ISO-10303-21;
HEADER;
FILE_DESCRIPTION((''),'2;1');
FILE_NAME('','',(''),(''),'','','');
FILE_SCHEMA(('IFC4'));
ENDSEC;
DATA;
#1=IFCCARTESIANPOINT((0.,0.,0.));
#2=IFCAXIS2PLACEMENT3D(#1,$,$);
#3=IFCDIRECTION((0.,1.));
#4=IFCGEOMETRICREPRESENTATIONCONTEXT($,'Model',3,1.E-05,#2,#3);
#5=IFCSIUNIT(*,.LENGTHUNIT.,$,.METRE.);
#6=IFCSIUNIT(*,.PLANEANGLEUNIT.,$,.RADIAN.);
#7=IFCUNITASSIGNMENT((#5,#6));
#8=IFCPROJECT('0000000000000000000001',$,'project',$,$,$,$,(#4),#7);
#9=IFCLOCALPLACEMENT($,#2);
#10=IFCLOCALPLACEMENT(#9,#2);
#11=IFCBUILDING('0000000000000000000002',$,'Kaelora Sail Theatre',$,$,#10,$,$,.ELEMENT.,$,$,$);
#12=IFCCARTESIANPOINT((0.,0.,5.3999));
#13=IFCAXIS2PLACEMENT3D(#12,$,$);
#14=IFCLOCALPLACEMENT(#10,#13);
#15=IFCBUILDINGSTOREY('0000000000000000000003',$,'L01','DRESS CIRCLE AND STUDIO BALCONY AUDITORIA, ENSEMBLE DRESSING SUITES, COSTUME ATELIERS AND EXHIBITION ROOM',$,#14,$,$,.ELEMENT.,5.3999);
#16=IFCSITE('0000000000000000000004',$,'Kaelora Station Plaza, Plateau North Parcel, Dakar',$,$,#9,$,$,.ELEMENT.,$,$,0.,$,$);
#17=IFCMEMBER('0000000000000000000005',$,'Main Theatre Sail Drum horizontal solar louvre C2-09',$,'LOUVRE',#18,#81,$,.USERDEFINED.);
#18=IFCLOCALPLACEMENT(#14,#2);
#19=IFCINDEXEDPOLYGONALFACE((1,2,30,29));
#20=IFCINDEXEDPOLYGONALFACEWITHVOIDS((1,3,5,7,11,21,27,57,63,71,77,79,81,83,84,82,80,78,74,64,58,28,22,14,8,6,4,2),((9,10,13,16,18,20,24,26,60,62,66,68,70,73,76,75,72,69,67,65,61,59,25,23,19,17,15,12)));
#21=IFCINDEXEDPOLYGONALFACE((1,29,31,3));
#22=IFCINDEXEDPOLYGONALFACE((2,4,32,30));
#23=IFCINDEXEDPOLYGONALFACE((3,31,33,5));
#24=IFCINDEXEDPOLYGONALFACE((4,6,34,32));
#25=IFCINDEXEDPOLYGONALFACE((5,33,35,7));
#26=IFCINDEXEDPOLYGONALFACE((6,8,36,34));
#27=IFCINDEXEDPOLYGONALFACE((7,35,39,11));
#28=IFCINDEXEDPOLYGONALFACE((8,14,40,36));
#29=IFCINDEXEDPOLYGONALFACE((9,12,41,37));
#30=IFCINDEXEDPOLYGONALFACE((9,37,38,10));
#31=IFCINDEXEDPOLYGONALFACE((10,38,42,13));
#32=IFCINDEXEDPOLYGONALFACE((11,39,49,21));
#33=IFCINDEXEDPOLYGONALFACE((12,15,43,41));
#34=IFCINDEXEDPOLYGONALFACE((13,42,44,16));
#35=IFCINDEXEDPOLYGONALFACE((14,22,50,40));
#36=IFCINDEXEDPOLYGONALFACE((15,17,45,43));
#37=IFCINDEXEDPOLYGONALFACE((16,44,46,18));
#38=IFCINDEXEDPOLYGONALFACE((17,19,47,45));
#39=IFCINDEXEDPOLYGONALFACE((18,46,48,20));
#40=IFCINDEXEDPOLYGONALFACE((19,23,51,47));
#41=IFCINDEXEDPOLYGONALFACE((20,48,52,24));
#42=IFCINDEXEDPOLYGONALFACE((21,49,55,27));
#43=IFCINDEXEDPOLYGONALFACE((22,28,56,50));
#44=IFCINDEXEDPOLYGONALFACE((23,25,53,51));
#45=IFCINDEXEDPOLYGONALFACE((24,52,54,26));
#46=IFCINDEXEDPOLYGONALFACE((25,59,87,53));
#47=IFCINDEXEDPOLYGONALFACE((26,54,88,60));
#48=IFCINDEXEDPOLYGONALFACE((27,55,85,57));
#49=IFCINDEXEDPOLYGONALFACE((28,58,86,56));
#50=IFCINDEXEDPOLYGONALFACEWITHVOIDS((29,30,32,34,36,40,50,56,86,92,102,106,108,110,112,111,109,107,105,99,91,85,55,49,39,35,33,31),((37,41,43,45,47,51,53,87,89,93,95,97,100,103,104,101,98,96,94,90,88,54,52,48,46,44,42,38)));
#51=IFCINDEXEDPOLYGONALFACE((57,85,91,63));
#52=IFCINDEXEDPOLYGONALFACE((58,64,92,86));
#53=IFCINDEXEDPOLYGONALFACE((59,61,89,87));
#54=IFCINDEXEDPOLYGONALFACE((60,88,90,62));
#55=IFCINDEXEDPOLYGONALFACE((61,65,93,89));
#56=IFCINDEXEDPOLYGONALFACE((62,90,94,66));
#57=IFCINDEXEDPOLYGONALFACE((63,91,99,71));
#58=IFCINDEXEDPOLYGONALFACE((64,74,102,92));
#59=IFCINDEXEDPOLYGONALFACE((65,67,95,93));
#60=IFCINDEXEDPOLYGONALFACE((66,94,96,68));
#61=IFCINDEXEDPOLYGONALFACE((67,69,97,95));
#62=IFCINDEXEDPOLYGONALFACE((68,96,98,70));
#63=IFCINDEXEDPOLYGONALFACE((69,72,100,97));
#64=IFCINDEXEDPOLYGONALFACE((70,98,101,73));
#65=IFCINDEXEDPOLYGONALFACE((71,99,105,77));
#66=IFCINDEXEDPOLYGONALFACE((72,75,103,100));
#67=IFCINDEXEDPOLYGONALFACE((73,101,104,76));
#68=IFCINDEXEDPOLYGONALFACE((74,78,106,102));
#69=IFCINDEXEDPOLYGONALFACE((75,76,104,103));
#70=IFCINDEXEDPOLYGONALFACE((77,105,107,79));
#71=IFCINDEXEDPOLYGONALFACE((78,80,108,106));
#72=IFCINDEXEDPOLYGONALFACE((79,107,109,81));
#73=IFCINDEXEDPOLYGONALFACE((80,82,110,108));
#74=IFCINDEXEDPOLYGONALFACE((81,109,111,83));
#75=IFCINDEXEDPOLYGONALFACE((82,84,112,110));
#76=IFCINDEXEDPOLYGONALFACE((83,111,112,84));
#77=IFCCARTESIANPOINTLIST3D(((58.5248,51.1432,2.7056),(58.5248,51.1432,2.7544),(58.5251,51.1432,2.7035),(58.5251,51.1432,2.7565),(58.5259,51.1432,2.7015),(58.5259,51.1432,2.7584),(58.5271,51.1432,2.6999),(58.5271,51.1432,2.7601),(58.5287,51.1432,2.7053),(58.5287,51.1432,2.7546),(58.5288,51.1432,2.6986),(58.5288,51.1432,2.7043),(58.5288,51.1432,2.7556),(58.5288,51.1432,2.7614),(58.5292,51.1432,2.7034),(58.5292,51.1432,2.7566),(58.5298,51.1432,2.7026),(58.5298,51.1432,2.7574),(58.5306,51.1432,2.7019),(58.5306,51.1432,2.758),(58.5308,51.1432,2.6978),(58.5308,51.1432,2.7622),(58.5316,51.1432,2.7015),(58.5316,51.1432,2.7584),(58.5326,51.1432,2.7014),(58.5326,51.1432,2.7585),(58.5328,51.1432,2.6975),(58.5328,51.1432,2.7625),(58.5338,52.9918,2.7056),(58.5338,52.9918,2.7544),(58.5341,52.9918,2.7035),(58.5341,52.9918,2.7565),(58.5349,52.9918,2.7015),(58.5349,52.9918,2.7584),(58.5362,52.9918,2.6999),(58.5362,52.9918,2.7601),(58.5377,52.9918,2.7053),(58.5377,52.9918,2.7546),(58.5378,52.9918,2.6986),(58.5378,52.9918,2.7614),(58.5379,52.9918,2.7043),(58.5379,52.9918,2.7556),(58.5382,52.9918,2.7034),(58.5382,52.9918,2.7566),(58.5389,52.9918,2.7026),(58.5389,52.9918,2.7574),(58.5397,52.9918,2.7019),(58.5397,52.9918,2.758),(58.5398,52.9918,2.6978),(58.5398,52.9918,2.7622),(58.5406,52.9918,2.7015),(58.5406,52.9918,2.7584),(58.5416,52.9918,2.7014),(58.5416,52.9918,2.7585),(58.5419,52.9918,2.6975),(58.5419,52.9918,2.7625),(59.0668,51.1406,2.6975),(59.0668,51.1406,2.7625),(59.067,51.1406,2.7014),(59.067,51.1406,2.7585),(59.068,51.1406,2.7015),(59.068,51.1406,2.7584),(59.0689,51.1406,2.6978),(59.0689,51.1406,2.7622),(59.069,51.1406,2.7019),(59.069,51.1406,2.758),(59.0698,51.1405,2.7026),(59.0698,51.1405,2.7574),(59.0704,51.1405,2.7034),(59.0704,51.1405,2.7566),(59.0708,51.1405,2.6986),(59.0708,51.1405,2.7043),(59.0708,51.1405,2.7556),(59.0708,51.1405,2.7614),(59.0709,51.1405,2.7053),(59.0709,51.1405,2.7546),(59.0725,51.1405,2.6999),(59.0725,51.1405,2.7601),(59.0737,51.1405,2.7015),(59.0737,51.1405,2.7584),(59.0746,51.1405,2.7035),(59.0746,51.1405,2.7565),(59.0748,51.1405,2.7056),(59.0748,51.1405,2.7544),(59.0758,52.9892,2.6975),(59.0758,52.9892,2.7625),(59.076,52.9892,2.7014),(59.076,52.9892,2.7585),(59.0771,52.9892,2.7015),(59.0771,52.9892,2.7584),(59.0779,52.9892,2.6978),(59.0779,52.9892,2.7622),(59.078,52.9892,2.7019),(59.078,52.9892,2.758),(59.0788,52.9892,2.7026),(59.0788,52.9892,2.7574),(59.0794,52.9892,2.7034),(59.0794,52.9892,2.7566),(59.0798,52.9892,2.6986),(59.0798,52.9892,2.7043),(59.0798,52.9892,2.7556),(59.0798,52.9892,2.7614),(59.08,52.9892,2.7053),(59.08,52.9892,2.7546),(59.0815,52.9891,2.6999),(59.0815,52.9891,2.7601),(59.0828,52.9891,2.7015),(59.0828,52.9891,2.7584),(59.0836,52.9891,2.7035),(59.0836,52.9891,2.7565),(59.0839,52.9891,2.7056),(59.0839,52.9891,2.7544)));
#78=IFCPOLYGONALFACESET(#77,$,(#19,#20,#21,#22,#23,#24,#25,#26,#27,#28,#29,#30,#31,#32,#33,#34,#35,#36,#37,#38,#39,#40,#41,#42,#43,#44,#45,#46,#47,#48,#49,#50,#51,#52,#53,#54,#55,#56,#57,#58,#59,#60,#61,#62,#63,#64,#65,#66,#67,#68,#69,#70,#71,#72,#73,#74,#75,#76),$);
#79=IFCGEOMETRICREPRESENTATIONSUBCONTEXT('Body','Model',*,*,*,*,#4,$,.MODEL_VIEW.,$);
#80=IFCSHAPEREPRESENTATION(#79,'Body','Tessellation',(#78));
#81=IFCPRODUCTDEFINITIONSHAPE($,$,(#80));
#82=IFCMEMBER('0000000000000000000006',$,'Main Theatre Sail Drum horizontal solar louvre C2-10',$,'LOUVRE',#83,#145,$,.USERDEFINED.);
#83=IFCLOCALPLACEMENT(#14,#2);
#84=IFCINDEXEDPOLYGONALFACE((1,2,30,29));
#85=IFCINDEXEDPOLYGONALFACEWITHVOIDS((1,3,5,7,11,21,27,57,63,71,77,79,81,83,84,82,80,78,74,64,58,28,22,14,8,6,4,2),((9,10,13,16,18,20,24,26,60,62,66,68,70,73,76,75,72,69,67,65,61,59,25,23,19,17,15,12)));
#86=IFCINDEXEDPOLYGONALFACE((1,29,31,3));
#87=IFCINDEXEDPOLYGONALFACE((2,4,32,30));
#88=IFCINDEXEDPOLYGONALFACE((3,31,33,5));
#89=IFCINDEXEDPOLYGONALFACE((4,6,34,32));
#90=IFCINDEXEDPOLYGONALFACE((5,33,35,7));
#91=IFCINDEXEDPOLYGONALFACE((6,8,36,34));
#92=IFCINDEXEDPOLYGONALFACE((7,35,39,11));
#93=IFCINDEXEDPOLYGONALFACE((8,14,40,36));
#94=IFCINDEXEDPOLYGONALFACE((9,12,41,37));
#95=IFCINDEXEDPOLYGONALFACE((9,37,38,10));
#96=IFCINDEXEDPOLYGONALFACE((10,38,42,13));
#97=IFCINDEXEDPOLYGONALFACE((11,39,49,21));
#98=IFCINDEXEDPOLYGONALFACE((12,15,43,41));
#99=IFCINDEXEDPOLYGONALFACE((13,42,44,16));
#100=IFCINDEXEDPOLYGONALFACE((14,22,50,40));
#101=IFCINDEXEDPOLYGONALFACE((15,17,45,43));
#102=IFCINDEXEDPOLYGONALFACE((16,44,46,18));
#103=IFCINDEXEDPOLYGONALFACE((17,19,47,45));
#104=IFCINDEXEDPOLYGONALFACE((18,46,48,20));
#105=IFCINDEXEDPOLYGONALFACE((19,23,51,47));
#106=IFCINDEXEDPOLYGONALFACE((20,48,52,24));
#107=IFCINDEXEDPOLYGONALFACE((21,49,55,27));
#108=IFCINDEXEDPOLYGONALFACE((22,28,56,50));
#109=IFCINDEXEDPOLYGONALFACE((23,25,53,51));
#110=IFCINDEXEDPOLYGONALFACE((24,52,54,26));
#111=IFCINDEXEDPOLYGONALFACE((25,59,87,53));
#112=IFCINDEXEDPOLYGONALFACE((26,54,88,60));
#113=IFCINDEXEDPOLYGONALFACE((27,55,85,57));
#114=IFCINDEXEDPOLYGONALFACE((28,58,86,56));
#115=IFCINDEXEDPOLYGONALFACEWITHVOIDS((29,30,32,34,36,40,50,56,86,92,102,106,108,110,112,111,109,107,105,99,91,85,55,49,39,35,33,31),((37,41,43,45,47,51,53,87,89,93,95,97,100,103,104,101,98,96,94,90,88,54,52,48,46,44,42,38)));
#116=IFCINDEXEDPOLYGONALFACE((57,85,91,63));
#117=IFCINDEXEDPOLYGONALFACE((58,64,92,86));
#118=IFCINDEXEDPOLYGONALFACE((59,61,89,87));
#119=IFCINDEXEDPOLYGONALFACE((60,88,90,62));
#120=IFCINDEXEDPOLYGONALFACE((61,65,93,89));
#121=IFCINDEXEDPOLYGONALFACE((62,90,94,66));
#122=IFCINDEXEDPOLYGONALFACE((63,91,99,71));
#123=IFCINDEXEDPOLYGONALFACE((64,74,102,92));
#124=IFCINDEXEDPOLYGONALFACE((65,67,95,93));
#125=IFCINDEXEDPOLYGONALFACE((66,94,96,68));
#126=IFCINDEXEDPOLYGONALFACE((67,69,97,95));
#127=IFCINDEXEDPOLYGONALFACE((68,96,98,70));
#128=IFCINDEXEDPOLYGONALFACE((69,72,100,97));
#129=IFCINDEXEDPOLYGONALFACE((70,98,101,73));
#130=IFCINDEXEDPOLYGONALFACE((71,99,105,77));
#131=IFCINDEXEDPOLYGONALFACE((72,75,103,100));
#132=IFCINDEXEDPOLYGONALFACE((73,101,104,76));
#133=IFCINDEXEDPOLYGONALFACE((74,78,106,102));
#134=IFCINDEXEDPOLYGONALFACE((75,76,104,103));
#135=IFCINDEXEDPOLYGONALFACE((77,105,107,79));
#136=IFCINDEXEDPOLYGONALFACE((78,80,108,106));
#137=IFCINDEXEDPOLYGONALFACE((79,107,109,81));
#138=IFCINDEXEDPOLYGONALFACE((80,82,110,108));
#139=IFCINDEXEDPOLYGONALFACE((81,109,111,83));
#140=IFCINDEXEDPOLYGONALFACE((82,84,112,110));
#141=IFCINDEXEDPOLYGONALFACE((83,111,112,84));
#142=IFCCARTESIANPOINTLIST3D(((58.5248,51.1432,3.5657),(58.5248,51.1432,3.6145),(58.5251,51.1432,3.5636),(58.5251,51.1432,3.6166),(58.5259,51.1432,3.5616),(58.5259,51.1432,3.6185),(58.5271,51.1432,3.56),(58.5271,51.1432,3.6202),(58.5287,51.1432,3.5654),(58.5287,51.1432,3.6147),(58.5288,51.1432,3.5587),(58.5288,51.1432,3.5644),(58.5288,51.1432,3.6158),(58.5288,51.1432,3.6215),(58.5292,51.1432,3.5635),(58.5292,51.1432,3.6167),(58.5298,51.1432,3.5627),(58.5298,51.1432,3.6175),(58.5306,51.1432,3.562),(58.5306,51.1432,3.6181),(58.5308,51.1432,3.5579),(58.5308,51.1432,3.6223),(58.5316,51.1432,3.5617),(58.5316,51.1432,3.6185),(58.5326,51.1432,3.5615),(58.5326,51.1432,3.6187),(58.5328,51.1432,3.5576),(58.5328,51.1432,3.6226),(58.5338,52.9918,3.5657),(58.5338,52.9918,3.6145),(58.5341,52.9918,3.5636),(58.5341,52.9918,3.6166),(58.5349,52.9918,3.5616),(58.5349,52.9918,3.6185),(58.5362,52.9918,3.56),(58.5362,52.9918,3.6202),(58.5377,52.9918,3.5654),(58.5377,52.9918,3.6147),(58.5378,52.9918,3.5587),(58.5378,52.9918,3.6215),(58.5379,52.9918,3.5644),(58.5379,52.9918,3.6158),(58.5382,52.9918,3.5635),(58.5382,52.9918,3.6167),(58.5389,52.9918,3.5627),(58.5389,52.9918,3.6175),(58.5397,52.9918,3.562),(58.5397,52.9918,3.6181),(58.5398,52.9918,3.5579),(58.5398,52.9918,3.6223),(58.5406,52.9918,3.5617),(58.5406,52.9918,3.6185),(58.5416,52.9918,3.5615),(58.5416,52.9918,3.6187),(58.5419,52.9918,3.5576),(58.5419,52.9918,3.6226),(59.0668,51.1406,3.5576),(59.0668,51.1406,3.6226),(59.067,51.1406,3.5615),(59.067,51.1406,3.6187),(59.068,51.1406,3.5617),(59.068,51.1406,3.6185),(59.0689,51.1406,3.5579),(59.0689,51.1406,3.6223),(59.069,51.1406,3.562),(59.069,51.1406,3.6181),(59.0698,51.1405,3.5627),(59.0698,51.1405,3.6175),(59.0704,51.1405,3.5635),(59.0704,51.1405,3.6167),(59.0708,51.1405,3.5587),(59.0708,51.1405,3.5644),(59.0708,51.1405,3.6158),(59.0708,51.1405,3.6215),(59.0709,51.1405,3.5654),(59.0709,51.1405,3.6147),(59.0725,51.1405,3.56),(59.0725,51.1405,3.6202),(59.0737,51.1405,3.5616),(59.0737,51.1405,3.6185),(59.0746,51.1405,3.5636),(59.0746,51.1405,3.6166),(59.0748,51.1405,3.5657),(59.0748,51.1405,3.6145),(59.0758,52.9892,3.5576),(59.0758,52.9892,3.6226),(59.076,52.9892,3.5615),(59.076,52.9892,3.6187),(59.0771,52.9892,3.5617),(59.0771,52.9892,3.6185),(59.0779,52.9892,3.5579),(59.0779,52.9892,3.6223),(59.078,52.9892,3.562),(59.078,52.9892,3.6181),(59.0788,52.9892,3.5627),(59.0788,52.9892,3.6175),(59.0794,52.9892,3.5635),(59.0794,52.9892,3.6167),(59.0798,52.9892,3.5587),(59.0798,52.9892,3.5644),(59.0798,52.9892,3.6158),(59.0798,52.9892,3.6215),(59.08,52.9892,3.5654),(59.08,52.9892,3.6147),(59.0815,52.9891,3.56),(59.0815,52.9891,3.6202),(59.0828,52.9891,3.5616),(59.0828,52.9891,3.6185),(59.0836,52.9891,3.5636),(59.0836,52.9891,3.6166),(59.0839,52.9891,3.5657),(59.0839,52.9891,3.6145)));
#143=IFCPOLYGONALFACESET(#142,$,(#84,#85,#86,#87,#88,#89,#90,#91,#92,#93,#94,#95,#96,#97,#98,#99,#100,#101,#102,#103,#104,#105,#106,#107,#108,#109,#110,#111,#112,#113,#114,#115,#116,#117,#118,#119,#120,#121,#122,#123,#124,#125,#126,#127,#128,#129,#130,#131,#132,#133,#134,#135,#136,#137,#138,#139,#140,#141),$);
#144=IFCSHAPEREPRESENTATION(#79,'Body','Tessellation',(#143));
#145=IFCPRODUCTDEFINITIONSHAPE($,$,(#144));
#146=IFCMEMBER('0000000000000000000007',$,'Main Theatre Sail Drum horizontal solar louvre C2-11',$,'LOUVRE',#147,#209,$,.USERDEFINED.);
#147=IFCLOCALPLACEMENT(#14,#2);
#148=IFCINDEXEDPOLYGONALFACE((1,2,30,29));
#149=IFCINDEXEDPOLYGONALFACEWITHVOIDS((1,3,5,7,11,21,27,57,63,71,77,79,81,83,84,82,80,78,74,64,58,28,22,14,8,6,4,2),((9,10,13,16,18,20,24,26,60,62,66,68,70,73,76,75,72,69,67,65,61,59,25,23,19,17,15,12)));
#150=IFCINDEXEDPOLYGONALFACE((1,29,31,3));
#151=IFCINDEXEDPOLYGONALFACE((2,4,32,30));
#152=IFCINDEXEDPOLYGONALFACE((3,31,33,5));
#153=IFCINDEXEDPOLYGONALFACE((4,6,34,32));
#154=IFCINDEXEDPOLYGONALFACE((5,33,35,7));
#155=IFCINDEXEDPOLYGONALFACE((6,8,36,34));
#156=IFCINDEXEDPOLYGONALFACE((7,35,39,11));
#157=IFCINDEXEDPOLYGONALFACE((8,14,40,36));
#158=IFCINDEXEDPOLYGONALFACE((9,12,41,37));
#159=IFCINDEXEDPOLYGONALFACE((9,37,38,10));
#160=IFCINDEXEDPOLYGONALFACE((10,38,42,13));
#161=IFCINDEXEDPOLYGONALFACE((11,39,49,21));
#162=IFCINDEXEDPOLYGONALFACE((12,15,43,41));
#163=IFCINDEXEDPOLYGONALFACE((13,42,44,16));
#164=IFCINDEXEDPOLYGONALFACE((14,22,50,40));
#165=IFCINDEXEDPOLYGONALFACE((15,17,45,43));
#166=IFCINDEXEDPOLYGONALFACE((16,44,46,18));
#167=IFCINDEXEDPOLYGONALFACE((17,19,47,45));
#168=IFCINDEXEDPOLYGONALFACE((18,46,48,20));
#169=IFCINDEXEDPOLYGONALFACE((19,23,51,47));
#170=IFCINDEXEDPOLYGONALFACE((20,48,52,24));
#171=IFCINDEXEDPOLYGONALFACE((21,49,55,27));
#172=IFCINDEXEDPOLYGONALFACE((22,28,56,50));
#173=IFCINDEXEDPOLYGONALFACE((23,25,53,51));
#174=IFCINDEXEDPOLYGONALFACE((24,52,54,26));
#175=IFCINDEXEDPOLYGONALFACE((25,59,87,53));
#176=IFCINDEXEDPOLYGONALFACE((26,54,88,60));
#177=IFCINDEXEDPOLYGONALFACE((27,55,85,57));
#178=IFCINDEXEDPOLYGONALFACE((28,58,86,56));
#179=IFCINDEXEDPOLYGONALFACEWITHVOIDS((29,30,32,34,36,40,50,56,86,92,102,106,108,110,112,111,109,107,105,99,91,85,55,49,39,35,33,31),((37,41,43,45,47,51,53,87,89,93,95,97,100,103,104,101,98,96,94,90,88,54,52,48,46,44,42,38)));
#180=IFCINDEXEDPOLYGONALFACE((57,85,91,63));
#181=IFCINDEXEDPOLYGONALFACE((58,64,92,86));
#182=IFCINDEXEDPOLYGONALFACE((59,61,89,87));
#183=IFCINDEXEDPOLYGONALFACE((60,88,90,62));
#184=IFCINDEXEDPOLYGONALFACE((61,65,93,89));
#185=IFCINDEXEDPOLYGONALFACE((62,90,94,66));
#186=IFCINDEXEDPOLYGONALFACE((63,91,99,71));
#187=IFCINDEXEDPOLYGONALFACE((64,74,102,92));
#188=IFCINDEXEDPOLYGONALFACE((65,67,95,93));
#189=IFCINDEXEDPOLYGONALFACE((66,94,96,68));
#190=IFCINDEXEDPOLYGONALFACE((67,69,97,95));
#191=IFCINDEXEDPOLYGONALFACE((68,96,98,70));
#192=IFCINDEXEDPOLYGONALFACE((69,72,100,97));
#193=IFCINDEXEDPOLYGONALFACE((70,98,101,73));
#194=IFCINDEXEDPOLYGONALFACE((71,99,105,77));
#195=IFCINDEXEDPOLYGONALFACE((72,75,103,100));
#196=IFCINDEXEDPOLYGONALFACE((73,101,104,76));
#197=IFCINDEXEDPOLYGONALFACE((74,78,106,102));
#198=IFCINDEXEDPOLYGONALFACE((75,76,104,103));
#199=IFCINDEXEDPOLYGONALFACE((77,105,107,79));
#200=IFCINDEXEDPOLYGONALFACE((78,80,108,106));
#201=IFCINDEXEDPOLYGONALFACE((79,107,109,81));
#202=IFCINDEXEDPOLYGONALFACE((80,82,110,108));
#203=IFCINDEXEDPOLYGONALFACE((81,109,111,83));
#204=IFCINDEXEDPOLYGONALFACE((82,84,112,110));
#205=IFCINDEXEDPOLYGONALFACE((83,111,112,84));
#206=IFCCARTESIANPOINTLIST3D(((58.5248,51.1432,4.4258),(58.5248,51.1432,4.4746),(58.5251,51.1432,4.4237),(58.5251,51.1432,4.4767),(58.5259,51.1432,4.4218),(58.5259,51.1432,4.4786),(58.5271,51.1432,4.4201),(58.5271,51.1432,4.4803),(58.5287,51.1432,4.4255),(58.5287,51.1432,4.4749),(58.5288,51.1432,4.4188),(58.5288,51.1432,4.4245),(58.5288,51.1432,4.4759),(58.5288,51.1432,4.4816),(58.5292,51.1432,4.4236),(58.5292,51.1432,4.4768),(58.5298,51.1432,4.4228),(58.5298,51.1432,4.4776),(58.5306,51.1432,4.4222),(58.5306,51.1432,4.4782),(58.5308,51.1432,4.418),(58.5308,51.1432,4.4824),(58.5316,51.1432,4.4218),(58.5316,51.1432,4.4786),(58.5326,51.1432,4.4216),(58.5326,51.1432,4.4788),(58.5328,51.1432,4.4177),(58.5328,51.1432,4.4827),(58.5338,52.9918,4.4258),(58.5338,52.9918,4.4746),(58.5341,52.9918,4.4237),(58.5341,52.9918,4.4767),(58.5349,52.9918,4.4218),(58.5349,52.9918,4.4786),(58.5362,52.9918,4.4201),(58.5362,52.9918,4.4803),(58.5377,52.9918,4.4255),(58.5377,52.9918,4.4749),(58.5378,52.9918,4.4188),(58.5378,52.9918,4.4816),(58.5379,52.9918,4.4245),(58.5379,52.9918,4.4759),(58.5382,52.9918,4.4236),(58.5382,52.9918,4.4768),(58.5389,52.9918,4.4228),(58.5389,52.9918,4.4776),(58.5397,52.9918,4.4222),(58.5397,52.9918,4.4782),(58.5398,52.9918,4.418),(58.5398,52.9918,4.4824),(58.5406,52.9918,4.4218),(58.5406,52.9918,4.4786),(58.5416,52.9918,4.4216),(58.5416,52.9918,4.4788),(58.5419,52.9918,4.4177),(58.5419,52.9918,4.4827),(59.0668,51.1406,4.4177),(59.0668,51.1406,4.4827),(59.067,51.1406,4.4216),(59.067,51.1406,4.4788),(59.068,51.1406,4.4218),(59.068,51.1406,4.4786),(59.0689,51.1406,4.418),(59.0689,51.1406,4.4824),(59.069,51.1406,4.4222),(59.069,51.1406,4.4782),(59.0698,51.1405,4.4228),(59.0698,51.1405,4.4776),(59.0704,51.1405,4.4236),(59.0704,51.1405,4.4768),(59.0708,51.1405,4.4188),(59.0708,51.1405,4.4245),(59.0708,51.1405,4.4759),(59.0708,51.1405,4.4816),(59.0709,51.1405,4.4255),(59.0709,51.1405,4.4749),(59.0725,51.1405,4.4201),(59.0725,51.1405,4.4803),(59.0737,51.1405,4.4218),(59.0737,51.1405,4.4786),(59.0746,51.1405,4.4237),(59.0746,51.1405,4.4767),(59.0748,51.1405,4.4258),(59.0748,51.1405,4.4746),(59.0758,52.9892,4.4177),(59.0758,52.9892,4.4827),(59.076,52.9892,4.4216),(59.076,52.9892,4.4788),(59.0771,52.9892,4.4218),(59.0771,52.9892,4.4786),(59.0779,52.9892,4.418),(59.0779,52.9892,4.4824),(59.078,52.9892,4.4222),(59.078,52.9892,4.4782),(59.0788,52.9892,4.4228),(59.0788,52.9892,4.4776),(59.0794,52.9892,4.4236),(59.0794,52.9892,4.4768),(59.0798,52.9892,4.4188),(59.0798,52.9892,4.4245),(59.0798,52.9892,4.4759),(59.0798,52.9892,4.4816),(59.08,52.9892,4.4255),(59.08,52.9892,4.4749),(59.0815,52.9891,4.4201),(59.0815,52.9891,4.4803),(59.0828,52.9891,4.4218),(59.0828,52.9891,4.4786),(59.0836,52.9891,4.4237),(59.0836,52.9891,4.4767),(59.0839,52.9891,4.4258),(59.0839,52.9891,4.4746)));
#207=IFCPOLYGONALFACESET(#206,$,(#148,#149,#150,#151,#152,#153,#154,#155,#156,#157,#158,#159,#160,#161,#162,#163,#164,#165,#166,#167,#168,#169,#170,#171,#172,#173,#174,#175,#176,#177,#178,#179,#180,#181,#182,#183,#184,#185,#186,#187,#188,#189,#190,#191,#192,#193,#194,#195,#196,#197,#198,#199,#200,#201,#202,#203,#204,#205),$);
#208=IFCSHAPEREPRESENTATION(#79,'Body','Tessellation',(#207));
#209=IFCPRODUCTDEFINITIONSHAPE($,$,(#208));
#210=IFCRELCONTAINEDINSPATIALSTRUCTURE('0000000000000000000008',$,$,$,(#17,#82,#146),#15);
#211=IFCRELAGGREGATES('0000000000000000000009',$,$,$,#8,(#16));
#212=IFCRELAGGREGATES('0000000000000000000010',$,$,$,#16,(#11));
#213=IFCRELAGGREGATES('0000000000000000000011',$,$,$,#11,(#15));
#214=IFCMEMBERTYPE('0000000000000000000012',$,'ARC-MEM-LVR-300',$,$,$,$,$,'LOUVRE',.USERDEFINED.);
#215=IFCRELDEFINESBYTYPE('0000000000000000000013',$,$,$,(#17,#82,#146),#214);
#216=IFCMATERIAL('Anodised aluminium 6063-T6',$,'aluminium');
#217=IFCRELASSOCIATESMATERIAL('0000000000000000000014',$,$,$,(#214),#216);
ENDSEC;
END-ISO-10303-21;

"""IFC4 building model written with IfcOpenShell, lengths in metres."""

from ifc_helpers import new_model, si_unit, direction, frame, origin, origin_2d, place, context, subcontext, project, spatial, hollow_rectangle, extrude, material, material_profile, profile_set, type_object, element, save


model = new_model("IFC4")

# Units and contexts
model_context = context("Model", 3, precision=1e-05, world=origin(), true_north=direction((0.0, 1.0)))
body_context = subcontext(model_context, "Body", "Model", "MODEL_VIEW")
ifc_project = project(units=[si_unit("LENGTHUNIT", "METRE"), si_unit("PLANEANGLEUNIT", "RADIAN")], contexts=[model_context])

# Site, building, storey
site_placement = place(None, origin())
site = spatial("IfcSite", under=ifc_project, at=site_placement, Name="Kaelora Station Plaza, Plateau North Parcel, Dakar", CompositionType="ELEMENT", RefElevation=0.0)
building_placement = place(site_placement, origin())
building = spatial("IfcBuilding", under=site, at=building_placement, Name="Kaelora Sail Theatre", CompositionType="ELEMENT")
storey_placement = place(building_placement, frame((0.0, 0.0, 5.3999)))
storey = spatial("IfcBuildingStorey", under=building, at=storey_placement, Name="L01", Description="DRESS CIRCLE AND STUDIO BALCONY AUDITORIA, ENSEMBLE DRESSING SUITES, COSTUME ATELIERS AND EXHIBITION ROOM", CompositionType="ELEMENT", Elevation=5.3999)

# Members
ifc_material_1 = material(Name="Anodised aluminium 6063-T6", Category="aluminium")
ifc_material_profile_1 = material_profile(ifc_material_1, hollow_rectangle(XDim=0.55, YDim=0.0649, WallThickness=0.0039, InnerFilletRadius=0.0039, OuterFilletRadius=0.0081, at=origin_2d()), Name="LOUVRE 550x65x4")
ifc_profile_set_1 = profile_set([ifc_material_profile_1], Name="Anodised aluminium 6063-T6")
member_type_1 = type_object("IfcMemberType", Name="ARC-MEM-LVR-300", ElementType="LOUVRE", PredefinedType="USERDEFINED", material=ifc_profile_set_1)
for number, where, z_axis, x_axis, name in (
    (1, (58.8088, 52.9905, 2.73), (-0.004886, -0.999988, 0.0), (0.999988, -0.004886, 0.0), "Main Theatre Sail Drum horizontal solar louvre C2-09"),
    (2, (58.8088, 52.9905, 3.5901), (-0.004886, -0.999988, 0.0), (0.999988, -0.004886, 0.0), "Main Theatre Sail Drum horizontal solar louvre C2-10"),
    (3, (58.8088, 52.9905, 4.4502), (-0.004886, -0.999988, 0.0), (0.999988, -0.004886, 0.0), "Main Theatre Sail Drum horizontal solar louvre C2-11"),
):
    element("IfcMember", number, at=place(storey_placement, frame(where, z_axis=z_axis, x_axis=x_axis)), inside=storey, type_object=member_type_1, Name=name, ObjectType="LOUVRE", PredefinedType="USERDEFINED", context=body_context, shape_type="SweptSolid", body=[
        extrude(hollow_rectangle(XDim=0.55, YDim=0.0649, WallThickness=0.0039, InnerFilletRadius=0.0039, OuterFilletRadius=0.0081, at=origin_2d()), origin(), (0.0, 0.0, 1.0), 1.8486),
    ])

save(model, "model.ifc")
